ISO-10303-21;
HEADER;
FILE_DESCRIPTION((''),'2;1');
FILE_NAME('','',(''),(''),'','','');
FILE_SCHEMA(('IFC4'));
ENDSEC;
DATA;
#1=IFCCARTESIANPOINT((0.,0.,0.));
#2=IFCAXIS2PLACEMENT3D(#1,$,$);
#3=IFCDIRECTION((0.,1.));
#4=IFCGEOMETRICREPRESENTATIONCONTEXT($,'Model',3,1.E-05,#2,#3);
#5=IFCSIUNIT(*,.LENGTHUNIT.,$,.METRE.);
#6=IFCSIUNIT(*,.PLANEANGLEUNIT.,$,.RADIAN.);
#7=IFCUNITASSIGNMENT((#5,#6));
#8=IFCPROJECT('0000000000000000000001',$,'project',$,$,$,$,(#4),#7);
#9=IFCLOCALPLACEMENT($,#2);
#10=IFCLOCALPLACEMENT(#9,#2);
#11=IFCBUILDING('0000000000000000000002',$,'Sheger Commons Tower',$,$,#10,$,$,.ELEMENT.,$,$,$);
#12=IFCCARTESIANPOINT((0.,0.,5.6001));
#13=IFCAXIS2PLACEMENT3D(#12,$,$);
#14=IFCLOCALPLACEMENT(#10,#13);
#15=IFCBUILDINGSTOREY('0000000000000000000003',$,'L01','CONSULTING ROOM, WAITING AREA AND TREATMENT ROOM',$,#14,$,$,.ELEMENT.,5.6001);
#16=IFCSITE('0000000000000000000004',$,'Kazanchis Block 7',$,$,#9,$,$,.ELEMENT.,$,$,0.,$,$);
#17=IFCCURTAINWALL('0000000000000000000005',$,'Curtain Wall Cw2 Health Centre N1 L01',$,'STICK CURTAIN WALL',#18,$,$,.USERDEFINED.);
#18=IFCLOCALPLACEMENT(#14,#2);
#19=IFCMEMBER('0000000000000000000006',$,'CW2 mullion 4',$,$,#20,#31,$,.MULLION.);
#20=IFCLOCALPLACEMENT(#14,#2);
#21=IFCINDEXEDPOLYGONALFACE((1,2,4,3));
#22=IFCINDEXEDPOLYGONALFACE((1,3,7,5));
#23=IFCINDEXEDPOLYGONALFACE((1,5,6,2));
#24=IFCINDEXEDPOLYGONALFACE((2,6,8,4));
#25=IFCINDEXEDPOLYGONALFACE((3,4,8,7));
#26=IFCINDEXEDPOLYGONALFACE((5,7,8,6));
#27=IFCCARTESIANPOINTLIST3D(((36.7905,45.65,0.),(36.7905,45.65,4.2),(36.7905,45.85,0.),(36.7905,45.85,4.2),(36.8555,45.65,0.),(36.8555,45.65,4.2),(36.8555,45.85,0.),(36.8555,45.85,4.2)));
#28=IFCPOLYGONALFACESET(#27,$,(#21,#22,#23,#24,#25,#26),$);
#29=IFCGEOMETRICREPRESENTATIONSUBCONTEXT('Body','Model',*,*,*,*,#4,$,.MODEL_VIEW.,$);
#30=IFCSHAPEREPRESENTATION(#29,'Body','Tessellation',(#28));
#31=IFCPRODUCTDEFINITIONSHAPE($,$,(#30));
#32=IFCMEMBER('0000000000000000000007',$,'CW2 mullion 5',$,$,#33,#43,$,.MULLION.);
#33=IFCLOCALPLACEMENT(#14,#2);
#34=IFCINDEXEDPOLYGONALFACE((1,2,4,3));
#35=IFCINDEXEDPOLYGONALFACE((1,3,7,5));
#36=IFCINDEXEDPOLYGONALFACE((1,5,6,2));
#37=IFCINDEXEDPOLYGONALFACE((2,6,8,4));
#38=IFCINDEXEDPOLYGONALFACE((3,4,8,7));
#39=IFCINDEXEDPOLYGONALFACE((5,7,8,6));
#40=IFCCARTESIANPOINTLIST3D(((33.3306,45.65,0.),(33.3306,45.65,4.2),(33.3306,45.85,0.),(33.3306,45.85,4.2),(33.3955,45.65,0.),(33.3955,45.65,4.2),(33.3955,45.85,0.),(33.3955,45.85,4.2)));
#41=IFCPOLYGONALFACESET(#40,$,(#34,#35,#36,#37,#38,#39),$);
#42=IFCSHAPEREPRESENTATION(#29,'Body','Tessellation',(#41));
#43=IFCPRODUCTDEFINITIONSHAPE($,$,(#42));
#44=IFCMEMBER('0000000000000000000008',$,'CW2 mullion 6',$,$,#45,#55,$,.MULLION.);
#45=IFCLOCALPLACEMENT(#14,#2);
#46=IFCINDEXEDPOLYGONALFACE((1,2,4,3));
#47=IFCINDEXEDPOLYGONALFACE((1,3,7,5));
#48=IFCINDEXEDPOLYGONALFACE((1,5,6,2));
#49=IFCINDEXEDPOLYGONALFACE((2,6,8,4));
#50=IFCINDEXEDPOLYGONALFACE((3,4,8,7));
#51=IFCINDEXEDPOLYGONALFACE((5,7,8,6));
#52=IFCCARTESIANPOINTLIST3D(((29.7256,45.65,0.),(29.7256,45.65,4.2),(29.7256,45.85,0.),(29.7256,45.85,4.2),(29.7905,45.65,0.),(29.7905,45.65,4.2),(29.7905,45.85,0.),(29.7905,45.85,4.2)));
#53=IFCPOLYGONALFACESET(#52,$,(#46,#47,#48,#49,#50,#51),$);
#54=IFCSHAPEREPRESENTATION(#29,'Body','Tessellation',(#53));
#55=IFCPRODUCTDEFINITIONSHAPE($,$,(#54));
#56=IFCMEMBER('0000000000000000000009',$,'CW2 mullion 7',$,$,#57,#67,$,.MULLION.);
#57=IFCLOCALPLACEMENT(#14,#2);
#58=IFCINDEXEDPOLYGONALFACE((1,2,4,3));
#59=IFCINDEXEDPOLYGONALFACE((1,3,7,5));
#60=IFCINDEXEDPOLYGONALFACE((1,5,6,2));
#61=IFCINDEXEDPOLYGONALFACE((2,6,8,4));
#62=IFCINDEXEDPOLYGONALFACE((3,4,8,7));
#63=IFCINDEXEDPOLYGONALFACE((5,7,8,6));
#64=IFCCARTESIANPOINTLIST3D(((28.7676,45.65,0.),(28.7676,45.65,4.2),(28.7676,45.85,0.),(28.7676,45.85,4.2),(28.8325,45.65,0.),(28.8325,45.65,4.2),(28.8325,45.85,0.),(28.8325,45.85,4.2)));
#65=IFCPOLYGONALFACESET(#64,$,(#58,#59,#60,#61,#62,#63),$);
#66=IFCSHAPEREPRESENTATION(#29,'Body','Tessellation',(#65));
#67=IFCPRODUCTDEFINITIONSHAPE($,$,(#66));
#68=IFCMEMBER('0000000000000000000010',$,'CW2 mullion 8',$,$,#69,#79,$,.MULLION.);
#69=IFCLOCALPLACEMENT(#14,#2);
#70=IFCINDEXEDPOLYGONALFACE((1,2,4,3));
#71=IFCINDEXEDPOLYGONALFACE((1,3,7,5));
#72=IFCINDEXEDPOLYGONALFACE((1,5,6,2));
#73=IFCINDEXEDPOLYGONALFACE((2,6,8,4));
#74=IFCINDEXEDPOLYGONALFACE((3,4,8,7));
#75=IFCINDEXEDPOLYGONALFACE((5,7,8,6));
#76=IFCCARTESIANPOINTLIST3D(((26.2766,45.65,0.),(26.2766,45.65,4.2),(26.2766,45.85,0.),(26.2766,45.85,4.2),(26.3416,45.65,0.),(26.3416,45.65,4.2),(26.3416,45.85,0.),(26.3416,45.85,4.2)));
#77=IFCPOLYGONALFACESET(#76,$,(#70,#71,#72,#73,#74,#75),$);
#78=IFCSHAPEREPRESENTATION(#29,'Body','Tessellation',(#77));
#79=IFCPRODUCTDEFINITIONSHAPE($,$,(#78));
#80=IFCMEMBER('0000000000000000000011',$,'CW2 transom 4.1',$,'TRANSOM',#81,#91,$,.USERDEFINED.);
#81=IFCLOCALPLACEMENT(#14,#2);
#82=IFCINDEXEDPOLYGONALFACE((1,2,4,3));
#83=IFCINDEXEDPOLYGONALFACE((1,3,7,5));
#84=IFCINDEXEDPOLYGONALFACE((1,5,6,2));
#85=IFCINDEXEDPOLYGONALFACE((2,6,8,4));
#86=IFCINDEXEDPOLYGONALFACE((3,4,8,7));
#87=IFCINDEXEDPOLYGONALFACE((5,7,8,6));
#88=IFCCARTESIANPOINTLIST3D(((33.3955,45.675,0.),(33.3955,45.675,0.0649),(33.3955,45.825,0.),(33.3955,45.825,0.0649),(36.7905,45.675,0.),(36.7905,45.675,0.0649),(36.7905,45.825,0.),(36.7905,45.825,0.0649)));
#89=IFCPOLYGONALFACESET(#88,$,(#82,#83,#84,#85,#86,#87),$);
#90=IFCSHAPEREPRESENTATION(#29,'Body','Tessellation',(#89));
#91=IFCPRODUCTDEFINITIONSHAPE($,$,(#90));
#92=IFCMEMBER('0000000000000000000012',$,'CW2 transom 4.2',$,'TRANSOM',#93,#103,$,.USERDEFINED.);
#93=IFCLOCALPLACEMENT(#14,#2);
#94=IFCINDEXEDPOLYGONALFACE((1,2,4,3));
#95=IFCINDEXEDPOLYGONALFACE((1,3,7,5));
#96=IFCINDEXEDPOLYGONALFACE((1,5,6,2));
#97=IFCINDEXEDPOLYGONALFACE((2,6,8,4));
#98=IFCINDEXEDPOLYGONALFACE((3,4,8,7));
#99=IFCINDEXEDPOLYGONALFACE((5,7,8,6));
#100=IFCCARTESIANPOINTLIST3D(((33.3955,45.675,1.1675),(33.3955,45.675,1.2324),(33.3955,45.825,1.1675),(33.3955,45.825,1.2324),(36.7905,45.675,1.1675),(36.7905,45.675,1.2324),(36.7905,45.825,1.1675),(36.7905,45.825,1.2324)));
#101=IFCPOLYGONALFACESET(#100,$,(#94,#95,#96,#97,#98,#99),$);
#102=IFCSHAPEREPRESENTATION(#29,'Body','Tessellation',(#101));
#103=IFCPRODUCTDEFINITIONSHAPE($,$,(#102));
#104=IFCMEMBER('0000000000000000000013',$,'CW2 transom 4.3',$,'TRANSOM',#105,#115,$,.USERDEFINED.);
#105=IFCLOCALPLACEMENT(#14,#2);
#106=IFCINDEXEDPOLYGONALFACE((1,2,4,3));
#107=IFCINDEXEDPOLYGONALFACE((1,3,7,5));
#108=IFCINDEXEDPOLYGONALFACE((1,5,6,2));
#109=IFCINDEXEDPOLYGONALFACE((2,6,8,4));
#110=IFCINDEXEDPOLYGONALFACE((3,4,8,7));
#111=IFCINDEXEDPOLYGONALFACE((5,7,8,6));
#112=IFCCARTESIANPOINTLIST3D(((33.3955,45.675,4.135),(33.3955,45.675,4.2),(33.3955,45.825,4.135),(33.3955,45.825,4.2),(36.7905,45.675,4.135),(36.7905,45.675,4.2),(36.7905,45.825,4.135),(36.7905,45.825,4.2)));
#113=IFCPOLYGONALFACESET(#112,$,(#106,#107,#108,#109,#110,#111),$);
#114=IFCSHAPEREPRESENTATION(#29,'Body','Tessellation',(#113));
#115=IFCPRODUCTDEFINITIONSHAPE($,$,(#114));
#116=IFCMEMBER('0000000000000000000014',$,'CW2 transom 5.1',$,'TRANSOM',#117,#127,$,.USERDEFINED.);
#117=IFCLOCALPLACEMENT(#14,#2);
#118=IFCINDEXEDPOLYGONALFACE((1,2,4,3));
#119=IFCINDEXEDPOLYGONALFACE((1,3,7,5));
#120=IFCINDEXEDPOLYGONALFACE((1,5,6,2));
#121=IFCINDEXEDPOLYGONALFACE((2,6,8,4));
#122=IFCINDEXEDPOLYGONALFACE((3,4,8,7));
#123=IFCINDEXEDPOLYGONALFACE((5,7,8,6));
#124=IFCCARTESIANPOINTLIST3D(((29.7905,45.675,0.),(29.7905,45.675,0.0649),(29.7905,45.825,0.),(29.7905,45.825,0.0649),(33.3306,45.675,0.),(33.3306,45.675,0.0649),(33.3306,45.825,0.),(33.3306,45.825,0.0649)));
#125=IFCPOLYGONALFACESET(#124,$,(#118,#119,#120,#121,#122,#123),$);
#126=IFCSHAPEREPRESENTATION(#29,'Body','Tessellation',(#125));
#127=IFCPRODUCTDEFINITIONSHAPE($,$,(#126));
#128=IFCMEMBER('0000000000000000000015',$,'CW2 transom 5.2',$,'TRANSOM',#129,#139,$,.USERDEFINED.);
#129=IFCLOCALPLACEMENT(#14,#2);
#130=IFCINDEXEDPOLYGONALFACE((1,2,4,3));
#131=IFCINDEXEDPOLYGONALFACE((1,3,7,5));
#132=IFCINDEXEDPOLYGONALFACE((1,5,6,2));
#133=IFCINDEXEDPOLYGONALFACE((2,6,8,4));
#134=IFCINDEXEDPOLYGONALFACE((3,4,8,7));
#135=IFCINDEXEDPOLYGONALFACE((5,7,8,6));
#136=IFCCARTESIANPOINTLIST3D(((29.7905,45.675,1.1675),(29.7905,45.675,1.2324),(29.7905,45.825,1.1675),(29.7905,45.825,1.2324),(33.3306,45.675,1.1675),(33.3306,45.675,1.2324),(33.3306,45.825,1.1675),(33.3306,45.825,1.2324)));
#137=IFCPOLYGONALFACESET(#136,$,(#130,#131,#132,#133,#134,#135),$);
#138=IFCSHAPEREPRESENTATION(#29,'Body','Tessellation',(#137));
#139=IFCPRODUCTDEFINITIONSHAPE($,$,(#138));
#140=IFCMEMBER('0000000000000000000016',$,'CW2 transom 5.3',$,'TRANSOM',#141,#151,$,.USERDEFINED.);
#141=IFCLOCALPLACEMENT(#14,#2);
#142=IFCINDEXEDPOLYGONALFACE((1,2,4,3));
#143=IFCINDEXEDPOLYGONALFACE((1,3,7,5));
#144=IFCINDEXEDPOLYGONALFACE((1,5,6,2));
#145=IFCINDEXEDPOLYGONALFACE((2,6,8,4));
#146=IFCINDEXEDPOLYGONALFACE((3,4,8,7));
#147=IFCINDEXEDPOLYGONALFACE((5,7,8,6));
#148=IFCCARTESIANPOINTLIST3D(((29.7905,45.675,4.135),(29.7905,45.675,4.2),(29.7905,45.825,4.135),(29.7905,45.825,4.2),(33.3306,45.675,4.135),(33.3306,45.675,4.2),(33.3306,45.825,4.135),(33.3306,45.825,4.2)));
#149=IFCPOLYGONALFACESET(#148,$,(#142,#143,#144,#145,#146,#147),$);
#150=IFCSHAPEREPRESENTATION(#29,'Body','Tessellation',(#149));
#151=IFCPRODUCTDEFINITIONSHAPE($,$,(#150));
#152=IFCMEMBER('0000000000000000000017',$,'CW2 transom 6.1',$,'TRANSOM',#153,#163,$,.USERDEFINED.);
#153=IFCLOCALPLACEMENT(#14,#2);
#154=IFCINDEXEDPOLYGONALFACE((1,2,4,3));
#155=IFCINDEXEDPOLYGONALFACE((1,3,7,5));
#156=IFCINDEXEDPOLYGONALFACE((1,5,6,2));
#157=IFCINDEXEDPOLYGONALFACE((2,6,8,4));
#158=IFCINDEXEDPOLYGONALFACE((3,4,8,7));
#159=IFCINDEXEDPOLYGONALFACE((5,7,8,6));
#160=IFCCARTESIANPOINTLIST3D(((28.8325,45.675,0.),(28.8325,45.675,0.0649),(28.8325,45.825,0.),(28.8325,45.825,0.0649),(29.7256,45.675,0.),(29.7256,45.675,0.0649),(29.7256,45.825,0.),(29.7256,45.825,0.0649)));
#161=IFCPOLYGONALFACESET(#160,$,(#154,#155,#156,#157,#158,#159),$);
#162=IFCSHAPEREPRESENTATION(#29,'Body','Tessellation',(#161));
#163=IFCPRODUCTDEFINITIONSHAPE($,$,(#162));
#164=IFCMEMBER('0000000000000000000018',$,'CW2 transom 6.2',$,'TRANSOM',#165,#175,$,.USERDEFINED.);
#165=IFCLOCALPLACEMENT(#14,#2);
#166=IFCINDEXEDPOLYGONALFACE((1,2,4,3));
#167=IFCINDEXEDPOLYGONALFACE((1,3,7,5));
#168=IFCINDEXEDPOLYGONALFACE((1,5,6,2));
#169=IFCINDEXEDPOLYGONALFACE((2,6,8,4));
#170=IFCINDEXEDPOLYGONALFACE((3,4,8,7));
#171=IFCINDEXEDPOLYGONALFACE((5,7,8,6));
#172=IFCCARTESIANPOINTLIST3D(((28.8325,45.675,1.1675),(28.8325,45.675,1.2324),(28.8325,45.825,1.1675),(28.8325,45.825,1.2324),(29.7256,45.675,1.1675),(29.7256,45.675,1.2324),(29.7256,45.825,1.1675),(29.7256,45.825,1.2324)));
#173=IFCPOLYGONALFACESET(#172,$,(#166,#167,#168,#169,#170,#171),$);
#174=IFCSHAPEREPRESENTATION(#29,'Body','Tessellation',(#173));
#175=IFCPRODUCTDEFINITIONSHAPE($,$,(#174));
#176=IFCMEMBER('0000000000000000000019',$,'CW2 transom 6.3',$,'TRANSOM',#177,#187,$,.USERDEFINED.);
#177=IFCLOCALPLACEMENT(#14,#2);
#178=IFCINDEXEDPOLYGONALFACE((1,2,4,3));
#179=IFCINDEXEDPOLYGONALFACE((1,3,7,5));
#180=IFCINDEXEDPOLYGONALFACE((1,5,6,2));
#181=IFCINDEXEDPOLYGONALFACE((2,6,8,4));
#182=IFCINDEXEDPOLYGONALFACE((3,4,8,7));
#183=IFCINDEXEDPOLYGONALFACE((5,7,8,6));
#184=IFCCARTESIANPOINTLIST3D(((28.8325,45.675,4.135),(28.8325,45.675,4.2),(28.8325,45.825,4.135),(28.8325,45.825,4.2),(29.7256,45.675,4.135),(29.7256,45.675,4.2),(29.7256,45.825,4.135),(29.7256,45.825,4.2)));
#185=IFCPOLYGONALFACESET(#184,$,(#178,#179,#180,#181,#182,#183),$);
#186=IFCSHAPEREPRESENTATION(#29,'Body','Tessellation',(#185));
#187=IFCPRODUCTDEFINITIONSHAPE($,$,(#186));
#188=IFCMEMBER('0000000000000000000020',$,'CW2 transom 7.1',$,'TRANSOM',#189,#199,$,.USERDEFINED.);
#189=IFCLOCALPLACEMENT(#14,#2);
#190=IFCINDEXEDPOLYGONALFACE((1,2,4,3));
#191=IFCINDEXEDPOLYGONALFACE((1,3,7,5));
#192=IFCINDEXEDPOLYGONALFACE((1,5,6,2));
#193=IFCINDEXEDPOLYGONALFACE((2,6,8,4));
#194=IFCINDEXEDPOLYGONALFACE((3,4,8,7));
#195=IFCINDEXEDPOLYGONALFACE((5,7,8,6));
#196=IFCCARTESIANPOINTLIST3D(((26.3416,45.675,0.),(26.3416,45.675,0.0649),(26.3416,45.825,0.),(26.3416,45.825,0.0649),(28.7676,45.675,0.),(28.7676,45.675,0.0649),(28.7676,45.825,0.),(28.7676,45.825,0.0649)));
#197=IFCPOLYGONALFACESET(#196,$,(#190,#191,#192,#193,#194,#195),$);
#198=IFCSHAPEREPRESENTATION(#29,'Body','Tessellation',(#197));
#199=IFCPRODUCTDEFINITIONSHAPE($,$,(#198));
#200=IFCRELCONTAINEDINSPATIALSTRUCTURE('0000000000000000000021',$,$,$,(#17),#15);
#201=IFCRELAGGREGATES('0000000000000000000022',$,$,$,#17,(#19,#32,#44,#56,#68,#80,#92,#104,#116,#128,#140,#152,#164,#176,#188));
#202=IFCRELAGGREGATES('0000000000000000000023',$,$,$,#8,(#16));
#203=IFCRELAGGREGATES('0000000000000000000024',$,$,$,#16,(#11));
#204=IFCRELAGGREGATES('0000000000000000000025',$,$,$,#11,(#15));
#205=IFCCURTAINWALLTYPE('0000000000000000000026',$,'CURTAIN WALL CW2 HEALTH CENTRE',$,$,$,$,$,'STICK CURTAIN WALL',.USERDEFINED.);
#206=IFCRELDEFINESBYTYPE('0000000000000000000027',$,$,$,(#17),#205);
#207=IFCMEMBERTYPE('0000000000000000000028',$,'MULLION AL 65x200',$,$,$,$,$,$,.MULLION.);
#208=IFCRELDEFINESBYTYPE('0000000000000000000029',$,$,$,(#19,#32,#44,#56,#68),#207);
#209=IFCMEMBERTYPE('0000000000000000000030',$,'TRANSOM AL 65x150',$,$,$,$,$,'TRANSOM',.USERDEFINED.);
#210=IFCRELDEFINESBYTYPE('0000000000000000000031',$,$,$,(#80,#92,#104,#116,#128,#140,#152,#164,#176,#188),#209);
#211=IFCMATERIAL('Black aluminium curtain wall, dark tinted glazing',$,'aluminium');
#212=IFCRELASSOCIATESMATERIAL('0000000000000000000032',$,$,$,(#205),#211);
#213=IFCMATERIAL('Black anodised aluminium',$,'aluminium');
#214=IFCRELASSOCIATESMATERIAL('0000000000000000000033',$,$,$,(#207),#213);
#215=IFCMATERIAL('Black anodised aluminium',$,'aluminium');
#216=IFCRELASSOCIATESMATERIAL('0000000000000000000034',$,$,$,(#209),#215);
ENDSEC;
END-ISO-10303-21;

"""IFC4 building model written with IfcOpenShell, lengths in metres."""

from ifc_helpers import new_model, si_unit, direction, frame, origin, origin_2d, place, context, subcontext, project, spatial, rectangle, extrude, material, material_profile, profile_set, type_object, element, aggregate, save


model = new_model("IFC4")

# Units and contexts
model_context = context("Model", 3, precision=1e-05, world=origin(), true_north=direction((0.0, 1.0)))
body_context = subcontext(model_context, "Body", "Model", "MODEL_VIEW")
ifc_project = project(units=[si_unit("LENGTHUNIT", "METRE"), si_unit("PLANEANGLEUNIT", "RADIAN")], contexts=[model_context])

# Site, building, storey
site_placement = place(None, origin())
site = spatial("IfcSite", under=ifc_project, at=site_placement, Name="Kazanchis Block 7", CompositionType="ELEMENT", RefElevation=0.0)
building_placement = place(site_placement, origin())
building = spatial("IfcBuilding", under=site, at=building_placement, Name="Sheger Commons Tower", CompositionType="ELEMENT")
storey_placement = place(building_placement, frame((0.0, 0.0, 5.6001)))
storey = spatial("IfcBuildingStorey", under=building, at=storey_placement, Name="L01", Description="CONSULTING ROOM, WAITING AREA AND TREATMENT ROOM", CompositionType="ELEMENT", Elevation=5.6001)

# Curtain wall, members
ifc_material_1 = material(Name="Black aluminium curtain wall, dark tinted glazing", Category="aluminium")
curtain_wall_type = type_object("IfcCurtainWallType", Name="CURTAIN WALL CW2 HEALTH CENTRE", ElementType="STICK CURTAIN WALL", PredefinedType="USERDEFINED", material=ifc_material_1)
curtain_wall_placement = place(storey_placement, origin())
curtain_wall = element("IfcCurtainWall", 1, at=curtain_wall_placement, inside=storey, type_object=curtain_wall_type, Name="Curtain Wall Cw2 Health Centre N1 L01", ObjectType="STICK CURTAIN WALL", PredefinedType="USERDEFINED")
ifc_material_2 = material(Name="Black anodised aluminium", Category="aluminium")
ifc_material_profile_1 = material_profile(ifc_material_2, rectangle(XDim=0.2, YDim=0.0649, at=origin_2d()), Name="AL 65x200")
ifc_profile_set_1 = profile_set([ifc_material_profile_1], Name="Black anodised aluminium")
member_type_1 = type_object("IfcMemberType", Name="MULLION AL 65x200", PredefinedType="MULLION", material=ifc_profile_set_1)
member_1_placement = place(storey_placement, frame((36.823, 45.75, 0.0), z_axis=(0.0, 0.0, 1.0), x_axis=(0.0, -1.0, 0.0)))
member_1 = element("IfcMember", 2, at=member_1_placement, type_object=member_type_1, Name="CW2 mullion 4", PredefinedType="MULLION", context=body_context, shape_type="SweptSolid", body=[
    extrude(rectangle(XDim=0.2, YDim=0.0649, at=origin_2d()), origin(), (0.0, 0.0, 1.0), 4.2),
])
member_2_placement = place(storey_placement, frame((33.363, 45.75, 0.0), z_axis=(0.0, 0.0, 1.0), x_axis=(0.0, -1.0, 0.0)))
member_2 = element("IfcMember", 3, at=member_2_placement, type_object=member_type_1, Name="CW2 mullion 5", PredefinedType="MULLION", context=body_context, shape_type="SweptSolid", body=[
    extrude(rectangle(XDim=0.2, YDim=0.0649, at=origin_2d()), origin(), (0.0, 0.0, 1.0), 4.2),
])
member_3_placement = place(storey_placement, frame((29.7581, 45.75, 0.0), z_axis=(0.0, 0.0, 1.0), x_axis=(0.0, -1.0, 0.0)))
member_3 = element("IfcMember", 4, at=member_3_placement, type_object=member_type_1, Name="CW2 mullion 6", PredefinedType="MULLION", context=body_context, shape_type="SweptSolid", body=[
    extrude(rectangle(XDim=0.2, YDim=0.0649, at=origin_2d()), origin(), (0.0, 0.0, 1.0), 4.2),
])
member_4_placement = place(storey_placement, frame((28.8, 45.75, 0.0), z_axis=(0.0, 0.0, 1.0), x_axis=(0.0, -1.0, 0.0)))
member_4 = element("IfcMember", 5, at=member_4_placement, type_object=member_type_1, Name="CW2 mullion 7", PredefinedType="MULLION", context=body_context, shape_type="SweptSolid", body=[
    extrude(rectangle(XDim=0.2, YDim=0.0649, at=origin_2d()), origin(), (0.0, 0.0, 1.0), 4.2),
])
member_5_placement = place(storey_placement, frame((26.3091, 45.75, 0.0), z_axis=(0.0, 0.0, 1.0), x_axis=(0.0, -1.0, 0.0)))
member_5 = element("IfcMember", 6, at=member_5_placement, type_object=member_type_1, Name="CW2 mullion 8", PredefinedType="MULLION", context=body_context, shape_type="SweptSolid", body=[
    extrude(rectangle(XDim=0.2, YDim=0.0649, at=origin_2d()), origin(), (0.0, 0.0, 1.0), 4.2),
])
ifc_material_3 = material(Name="Black anodised aluminium", Category="aluminium")
ifc_material_profile_2 = material_profile(ifc_material_3, rectangle(XDim=0.1499, YDim=0.0649, at=origin_2d()), Name="AL 65x150")
ifc_profile_set_2 = profile_set([ifc_material_profile_2], Name="Black anodised aluminium")
member_type_2 = type_object("IfcMemberType", Name="TRANSOM AL 65x150", ElementType="TRANSOM", PredefinedType="USERDEFINED", material=ifc_profile_set_2)
member_6_placement = place(storey_placement, frame((36.7905, 45.75, 0.0325), z_axis=(-1.0, 0.0, 0.0), x_axis=(0.0, -1.0, 0.0)))
member_6 = element("IfcMember", 7, at=member_6_placement, type_object=member_type_2, Name="CW2 transom 4.1", ObjectType="TRANSOM", PredefinedType="USERDEFINED", context=body_context, shape_type="SweptSolid", body=[
    extrude(rectangle(XDim=0.1499, YDim=0.0649, at=origin_2d()), origin(), (0.0, 0.0, 1.0), 3.395),
])
member_7_placement = place(storey_placement, frame((36.7905, 45.75, 1.2), z_axis=(-1.0, 0.0, 0.0), x_axis=(0.0, -1.0, 0.0)))
member_7 = element("IfcMember", 8, at=member_7_placement, type_object=member_type_2, Name="CW2 transom 4.2", ObjectType="TRANSOM", PredefinedType="USERDEFINED", context=body_context, shape_type="SweptSolid", body=[
    extrude(rectangle(XDim=0.1499, YDim=0.0649, at=origin_2d()), origin(), (0.0, 0.0, 1.0), 3.395),
])
member_8_placement = place(storey_placement, frame((36.7905, 45.75, 4.1675), z_axis=(-1.0, 0.0, 0.0), x_axis=(0.0, -1.0, 0.0)))
member_8 = element("IfcMember", 9, at=member_8_placement, type_object=member_type_2, Name="CW2 transom 4.3", ObjectType="TRANSOM", PredefinedType="USERDEFINED", context=body_context, shape_type="SweptSolid", body=[
    extrude(rectangle(XDim=0.1499, YDim=0.0649, at=origin_2d()), origin(), (0.0, 0.0, 1.0), 3.395),
])
member_9_placement = place(storey_placement, frame((33.3306, 45.75, 0.0325), z_axis=(-1.0, 0.0, 0.0), x_axis=(0.0, -1.0, 0.0)))
member_9 = element("IfcMember", 10, at=member_9_placement, type_object=member_type_2, Name="CW2 transom 5.1", ObjectType="TRANSOM", PredefinedType="USERDEFINED", context=body_context, shape_type="SweptSolid", body=[
    extrude(rectangle(XDim=0.1499, YDim=0.0649, at=origin_2d()), origin(), (0.0, 0.0, 1.0), 3.54),
])
member_10_placement = place(storey_placement, frame((33.3306, 45.75, 1.2), z_axis=(-1.0, 0.0, 0.0), x_axis=(0.0, -1.0, 0.0)))
member_10 = element("IfcMember", 11, at=member_10_placement, type_object=member_type_2, Name="CW2 transom 5.2", ObjectType="TRANSOM", PredefinedType="USERDEFINED", context=body_context, shape_type="SweptSolid", body=[
    extrude(rectangle(XDim=0.1499, YDim=0.0649, at=origin_2d()), origin(), (0.0, 0.0, 1.0), 3.54),
])
member_11_placement = place(storey_placement, frame((33.3306, 45.75, 4.1675), z_axis=(-1.0, 0.0, 0.0), x_axis=(0.0, -1.0, 0.0)))
member_11 = element("IfcMember", 12, at=member_11_placement, type_object=member_type_2, Name="CW2 transom 5.3", ObjectType="TRANSOM", PredefinedType="USERDEFINED", context=body_context, shape_type="SweptSolid", body=[
    extrude(rectangle(XDim=0.1499, YDim=0.0649, at=origin_2d()), origin(), (0.0, 0.0, 1.0), 3.54),
])
member_12_placement = place(storey_placement, frame((29.7256, 45.75, 0.0325), z_axis=(-1.0, 0.0, 0.0), x_axis=(0.0, -1.0, 0.0)))
member_12 = element("IfcMember", 13, at=member_12_placement, type_object=member_type_2, Name="CW2 transom 6.1", ObjectType="TRANSOM", PredefinedType="USERDEFINED", context=body_context, shape_type="SweptSolid", body=[
    extrude(rectangle(XDim=0.1499, YDim=0.0649, at=origin_2d()), origin(), (0.0, 0.0, 1.0), 0.8931),
])
member_13_placement = place(storey_placement, frame((29.7256, 45.75, 1.2), z_axis=(-1.0, 0.0, 0.0), x_axis=(0.0, -1.0, 0.0)))
member_13 = element("IfcMember", 14, at=member_13_placement, type_object=member_type_2, Name="CW2 transom 6.2", ObjectType="TRANSOM", PredefinedType="USERDEFINED", context=body_context, shape_type="SweptSolid", body=[
    extrude(rectangle(XDim=0.1499, YDim=0.0649, at=origin_2d()), origin(), (0.0, 0.0, 1.0), 0.8931),
])
member_14_placement = place(storey_placement, frame((29.7256, 45.75, 4.1675), z_axis=(-1.0, 0.0, 0.0), x_axis=(0.0, -1.0, 0.0)))
member_14 = element("IfcMember", 15, at=member_14_placement, type_object=member_type_2, Name="CW2 transom 6.3", ObjectType="TRANSOM", PredefinedType="USERDEFINED", context=body_context, shape_type="SweptSolid", body=[
    extrude(rectangle(XDim=0.1499, YDim=0.0649, at=origin_2d()), origin(), (0.0, 0.0, 1.0), 0.8931),
])
member_15_placement = place(storey_placement, frame((28.7676, 45.75, 0.0325), z_axis=(-1.0, 0.0, 0.0), x_axis=(0.0, -1.0, 0.0)))
member_15 = element("IfcMember", 16, at=member_15_placement, type_object=member_type_2, Name="CW2 transom 7.1", ObjectType="TRANSOM", PredefinedType="USERDEFINED", context=body_context, shape_type="SweptSolid", body=[
    extrude(rectangle(XDim=0.1499, YDim=0.0649, at=origin_2d()), origin(), (0.0, 0.0, 1.0), 2.426),
])
aggregate(curtain_wall, [member_1, member_2, member_3, member_4, member_5, member_6, member_7, member_8, member_9, member_10, member_11, member_12, member_13, member_14, member_15])

save(model, "model.ifc")
